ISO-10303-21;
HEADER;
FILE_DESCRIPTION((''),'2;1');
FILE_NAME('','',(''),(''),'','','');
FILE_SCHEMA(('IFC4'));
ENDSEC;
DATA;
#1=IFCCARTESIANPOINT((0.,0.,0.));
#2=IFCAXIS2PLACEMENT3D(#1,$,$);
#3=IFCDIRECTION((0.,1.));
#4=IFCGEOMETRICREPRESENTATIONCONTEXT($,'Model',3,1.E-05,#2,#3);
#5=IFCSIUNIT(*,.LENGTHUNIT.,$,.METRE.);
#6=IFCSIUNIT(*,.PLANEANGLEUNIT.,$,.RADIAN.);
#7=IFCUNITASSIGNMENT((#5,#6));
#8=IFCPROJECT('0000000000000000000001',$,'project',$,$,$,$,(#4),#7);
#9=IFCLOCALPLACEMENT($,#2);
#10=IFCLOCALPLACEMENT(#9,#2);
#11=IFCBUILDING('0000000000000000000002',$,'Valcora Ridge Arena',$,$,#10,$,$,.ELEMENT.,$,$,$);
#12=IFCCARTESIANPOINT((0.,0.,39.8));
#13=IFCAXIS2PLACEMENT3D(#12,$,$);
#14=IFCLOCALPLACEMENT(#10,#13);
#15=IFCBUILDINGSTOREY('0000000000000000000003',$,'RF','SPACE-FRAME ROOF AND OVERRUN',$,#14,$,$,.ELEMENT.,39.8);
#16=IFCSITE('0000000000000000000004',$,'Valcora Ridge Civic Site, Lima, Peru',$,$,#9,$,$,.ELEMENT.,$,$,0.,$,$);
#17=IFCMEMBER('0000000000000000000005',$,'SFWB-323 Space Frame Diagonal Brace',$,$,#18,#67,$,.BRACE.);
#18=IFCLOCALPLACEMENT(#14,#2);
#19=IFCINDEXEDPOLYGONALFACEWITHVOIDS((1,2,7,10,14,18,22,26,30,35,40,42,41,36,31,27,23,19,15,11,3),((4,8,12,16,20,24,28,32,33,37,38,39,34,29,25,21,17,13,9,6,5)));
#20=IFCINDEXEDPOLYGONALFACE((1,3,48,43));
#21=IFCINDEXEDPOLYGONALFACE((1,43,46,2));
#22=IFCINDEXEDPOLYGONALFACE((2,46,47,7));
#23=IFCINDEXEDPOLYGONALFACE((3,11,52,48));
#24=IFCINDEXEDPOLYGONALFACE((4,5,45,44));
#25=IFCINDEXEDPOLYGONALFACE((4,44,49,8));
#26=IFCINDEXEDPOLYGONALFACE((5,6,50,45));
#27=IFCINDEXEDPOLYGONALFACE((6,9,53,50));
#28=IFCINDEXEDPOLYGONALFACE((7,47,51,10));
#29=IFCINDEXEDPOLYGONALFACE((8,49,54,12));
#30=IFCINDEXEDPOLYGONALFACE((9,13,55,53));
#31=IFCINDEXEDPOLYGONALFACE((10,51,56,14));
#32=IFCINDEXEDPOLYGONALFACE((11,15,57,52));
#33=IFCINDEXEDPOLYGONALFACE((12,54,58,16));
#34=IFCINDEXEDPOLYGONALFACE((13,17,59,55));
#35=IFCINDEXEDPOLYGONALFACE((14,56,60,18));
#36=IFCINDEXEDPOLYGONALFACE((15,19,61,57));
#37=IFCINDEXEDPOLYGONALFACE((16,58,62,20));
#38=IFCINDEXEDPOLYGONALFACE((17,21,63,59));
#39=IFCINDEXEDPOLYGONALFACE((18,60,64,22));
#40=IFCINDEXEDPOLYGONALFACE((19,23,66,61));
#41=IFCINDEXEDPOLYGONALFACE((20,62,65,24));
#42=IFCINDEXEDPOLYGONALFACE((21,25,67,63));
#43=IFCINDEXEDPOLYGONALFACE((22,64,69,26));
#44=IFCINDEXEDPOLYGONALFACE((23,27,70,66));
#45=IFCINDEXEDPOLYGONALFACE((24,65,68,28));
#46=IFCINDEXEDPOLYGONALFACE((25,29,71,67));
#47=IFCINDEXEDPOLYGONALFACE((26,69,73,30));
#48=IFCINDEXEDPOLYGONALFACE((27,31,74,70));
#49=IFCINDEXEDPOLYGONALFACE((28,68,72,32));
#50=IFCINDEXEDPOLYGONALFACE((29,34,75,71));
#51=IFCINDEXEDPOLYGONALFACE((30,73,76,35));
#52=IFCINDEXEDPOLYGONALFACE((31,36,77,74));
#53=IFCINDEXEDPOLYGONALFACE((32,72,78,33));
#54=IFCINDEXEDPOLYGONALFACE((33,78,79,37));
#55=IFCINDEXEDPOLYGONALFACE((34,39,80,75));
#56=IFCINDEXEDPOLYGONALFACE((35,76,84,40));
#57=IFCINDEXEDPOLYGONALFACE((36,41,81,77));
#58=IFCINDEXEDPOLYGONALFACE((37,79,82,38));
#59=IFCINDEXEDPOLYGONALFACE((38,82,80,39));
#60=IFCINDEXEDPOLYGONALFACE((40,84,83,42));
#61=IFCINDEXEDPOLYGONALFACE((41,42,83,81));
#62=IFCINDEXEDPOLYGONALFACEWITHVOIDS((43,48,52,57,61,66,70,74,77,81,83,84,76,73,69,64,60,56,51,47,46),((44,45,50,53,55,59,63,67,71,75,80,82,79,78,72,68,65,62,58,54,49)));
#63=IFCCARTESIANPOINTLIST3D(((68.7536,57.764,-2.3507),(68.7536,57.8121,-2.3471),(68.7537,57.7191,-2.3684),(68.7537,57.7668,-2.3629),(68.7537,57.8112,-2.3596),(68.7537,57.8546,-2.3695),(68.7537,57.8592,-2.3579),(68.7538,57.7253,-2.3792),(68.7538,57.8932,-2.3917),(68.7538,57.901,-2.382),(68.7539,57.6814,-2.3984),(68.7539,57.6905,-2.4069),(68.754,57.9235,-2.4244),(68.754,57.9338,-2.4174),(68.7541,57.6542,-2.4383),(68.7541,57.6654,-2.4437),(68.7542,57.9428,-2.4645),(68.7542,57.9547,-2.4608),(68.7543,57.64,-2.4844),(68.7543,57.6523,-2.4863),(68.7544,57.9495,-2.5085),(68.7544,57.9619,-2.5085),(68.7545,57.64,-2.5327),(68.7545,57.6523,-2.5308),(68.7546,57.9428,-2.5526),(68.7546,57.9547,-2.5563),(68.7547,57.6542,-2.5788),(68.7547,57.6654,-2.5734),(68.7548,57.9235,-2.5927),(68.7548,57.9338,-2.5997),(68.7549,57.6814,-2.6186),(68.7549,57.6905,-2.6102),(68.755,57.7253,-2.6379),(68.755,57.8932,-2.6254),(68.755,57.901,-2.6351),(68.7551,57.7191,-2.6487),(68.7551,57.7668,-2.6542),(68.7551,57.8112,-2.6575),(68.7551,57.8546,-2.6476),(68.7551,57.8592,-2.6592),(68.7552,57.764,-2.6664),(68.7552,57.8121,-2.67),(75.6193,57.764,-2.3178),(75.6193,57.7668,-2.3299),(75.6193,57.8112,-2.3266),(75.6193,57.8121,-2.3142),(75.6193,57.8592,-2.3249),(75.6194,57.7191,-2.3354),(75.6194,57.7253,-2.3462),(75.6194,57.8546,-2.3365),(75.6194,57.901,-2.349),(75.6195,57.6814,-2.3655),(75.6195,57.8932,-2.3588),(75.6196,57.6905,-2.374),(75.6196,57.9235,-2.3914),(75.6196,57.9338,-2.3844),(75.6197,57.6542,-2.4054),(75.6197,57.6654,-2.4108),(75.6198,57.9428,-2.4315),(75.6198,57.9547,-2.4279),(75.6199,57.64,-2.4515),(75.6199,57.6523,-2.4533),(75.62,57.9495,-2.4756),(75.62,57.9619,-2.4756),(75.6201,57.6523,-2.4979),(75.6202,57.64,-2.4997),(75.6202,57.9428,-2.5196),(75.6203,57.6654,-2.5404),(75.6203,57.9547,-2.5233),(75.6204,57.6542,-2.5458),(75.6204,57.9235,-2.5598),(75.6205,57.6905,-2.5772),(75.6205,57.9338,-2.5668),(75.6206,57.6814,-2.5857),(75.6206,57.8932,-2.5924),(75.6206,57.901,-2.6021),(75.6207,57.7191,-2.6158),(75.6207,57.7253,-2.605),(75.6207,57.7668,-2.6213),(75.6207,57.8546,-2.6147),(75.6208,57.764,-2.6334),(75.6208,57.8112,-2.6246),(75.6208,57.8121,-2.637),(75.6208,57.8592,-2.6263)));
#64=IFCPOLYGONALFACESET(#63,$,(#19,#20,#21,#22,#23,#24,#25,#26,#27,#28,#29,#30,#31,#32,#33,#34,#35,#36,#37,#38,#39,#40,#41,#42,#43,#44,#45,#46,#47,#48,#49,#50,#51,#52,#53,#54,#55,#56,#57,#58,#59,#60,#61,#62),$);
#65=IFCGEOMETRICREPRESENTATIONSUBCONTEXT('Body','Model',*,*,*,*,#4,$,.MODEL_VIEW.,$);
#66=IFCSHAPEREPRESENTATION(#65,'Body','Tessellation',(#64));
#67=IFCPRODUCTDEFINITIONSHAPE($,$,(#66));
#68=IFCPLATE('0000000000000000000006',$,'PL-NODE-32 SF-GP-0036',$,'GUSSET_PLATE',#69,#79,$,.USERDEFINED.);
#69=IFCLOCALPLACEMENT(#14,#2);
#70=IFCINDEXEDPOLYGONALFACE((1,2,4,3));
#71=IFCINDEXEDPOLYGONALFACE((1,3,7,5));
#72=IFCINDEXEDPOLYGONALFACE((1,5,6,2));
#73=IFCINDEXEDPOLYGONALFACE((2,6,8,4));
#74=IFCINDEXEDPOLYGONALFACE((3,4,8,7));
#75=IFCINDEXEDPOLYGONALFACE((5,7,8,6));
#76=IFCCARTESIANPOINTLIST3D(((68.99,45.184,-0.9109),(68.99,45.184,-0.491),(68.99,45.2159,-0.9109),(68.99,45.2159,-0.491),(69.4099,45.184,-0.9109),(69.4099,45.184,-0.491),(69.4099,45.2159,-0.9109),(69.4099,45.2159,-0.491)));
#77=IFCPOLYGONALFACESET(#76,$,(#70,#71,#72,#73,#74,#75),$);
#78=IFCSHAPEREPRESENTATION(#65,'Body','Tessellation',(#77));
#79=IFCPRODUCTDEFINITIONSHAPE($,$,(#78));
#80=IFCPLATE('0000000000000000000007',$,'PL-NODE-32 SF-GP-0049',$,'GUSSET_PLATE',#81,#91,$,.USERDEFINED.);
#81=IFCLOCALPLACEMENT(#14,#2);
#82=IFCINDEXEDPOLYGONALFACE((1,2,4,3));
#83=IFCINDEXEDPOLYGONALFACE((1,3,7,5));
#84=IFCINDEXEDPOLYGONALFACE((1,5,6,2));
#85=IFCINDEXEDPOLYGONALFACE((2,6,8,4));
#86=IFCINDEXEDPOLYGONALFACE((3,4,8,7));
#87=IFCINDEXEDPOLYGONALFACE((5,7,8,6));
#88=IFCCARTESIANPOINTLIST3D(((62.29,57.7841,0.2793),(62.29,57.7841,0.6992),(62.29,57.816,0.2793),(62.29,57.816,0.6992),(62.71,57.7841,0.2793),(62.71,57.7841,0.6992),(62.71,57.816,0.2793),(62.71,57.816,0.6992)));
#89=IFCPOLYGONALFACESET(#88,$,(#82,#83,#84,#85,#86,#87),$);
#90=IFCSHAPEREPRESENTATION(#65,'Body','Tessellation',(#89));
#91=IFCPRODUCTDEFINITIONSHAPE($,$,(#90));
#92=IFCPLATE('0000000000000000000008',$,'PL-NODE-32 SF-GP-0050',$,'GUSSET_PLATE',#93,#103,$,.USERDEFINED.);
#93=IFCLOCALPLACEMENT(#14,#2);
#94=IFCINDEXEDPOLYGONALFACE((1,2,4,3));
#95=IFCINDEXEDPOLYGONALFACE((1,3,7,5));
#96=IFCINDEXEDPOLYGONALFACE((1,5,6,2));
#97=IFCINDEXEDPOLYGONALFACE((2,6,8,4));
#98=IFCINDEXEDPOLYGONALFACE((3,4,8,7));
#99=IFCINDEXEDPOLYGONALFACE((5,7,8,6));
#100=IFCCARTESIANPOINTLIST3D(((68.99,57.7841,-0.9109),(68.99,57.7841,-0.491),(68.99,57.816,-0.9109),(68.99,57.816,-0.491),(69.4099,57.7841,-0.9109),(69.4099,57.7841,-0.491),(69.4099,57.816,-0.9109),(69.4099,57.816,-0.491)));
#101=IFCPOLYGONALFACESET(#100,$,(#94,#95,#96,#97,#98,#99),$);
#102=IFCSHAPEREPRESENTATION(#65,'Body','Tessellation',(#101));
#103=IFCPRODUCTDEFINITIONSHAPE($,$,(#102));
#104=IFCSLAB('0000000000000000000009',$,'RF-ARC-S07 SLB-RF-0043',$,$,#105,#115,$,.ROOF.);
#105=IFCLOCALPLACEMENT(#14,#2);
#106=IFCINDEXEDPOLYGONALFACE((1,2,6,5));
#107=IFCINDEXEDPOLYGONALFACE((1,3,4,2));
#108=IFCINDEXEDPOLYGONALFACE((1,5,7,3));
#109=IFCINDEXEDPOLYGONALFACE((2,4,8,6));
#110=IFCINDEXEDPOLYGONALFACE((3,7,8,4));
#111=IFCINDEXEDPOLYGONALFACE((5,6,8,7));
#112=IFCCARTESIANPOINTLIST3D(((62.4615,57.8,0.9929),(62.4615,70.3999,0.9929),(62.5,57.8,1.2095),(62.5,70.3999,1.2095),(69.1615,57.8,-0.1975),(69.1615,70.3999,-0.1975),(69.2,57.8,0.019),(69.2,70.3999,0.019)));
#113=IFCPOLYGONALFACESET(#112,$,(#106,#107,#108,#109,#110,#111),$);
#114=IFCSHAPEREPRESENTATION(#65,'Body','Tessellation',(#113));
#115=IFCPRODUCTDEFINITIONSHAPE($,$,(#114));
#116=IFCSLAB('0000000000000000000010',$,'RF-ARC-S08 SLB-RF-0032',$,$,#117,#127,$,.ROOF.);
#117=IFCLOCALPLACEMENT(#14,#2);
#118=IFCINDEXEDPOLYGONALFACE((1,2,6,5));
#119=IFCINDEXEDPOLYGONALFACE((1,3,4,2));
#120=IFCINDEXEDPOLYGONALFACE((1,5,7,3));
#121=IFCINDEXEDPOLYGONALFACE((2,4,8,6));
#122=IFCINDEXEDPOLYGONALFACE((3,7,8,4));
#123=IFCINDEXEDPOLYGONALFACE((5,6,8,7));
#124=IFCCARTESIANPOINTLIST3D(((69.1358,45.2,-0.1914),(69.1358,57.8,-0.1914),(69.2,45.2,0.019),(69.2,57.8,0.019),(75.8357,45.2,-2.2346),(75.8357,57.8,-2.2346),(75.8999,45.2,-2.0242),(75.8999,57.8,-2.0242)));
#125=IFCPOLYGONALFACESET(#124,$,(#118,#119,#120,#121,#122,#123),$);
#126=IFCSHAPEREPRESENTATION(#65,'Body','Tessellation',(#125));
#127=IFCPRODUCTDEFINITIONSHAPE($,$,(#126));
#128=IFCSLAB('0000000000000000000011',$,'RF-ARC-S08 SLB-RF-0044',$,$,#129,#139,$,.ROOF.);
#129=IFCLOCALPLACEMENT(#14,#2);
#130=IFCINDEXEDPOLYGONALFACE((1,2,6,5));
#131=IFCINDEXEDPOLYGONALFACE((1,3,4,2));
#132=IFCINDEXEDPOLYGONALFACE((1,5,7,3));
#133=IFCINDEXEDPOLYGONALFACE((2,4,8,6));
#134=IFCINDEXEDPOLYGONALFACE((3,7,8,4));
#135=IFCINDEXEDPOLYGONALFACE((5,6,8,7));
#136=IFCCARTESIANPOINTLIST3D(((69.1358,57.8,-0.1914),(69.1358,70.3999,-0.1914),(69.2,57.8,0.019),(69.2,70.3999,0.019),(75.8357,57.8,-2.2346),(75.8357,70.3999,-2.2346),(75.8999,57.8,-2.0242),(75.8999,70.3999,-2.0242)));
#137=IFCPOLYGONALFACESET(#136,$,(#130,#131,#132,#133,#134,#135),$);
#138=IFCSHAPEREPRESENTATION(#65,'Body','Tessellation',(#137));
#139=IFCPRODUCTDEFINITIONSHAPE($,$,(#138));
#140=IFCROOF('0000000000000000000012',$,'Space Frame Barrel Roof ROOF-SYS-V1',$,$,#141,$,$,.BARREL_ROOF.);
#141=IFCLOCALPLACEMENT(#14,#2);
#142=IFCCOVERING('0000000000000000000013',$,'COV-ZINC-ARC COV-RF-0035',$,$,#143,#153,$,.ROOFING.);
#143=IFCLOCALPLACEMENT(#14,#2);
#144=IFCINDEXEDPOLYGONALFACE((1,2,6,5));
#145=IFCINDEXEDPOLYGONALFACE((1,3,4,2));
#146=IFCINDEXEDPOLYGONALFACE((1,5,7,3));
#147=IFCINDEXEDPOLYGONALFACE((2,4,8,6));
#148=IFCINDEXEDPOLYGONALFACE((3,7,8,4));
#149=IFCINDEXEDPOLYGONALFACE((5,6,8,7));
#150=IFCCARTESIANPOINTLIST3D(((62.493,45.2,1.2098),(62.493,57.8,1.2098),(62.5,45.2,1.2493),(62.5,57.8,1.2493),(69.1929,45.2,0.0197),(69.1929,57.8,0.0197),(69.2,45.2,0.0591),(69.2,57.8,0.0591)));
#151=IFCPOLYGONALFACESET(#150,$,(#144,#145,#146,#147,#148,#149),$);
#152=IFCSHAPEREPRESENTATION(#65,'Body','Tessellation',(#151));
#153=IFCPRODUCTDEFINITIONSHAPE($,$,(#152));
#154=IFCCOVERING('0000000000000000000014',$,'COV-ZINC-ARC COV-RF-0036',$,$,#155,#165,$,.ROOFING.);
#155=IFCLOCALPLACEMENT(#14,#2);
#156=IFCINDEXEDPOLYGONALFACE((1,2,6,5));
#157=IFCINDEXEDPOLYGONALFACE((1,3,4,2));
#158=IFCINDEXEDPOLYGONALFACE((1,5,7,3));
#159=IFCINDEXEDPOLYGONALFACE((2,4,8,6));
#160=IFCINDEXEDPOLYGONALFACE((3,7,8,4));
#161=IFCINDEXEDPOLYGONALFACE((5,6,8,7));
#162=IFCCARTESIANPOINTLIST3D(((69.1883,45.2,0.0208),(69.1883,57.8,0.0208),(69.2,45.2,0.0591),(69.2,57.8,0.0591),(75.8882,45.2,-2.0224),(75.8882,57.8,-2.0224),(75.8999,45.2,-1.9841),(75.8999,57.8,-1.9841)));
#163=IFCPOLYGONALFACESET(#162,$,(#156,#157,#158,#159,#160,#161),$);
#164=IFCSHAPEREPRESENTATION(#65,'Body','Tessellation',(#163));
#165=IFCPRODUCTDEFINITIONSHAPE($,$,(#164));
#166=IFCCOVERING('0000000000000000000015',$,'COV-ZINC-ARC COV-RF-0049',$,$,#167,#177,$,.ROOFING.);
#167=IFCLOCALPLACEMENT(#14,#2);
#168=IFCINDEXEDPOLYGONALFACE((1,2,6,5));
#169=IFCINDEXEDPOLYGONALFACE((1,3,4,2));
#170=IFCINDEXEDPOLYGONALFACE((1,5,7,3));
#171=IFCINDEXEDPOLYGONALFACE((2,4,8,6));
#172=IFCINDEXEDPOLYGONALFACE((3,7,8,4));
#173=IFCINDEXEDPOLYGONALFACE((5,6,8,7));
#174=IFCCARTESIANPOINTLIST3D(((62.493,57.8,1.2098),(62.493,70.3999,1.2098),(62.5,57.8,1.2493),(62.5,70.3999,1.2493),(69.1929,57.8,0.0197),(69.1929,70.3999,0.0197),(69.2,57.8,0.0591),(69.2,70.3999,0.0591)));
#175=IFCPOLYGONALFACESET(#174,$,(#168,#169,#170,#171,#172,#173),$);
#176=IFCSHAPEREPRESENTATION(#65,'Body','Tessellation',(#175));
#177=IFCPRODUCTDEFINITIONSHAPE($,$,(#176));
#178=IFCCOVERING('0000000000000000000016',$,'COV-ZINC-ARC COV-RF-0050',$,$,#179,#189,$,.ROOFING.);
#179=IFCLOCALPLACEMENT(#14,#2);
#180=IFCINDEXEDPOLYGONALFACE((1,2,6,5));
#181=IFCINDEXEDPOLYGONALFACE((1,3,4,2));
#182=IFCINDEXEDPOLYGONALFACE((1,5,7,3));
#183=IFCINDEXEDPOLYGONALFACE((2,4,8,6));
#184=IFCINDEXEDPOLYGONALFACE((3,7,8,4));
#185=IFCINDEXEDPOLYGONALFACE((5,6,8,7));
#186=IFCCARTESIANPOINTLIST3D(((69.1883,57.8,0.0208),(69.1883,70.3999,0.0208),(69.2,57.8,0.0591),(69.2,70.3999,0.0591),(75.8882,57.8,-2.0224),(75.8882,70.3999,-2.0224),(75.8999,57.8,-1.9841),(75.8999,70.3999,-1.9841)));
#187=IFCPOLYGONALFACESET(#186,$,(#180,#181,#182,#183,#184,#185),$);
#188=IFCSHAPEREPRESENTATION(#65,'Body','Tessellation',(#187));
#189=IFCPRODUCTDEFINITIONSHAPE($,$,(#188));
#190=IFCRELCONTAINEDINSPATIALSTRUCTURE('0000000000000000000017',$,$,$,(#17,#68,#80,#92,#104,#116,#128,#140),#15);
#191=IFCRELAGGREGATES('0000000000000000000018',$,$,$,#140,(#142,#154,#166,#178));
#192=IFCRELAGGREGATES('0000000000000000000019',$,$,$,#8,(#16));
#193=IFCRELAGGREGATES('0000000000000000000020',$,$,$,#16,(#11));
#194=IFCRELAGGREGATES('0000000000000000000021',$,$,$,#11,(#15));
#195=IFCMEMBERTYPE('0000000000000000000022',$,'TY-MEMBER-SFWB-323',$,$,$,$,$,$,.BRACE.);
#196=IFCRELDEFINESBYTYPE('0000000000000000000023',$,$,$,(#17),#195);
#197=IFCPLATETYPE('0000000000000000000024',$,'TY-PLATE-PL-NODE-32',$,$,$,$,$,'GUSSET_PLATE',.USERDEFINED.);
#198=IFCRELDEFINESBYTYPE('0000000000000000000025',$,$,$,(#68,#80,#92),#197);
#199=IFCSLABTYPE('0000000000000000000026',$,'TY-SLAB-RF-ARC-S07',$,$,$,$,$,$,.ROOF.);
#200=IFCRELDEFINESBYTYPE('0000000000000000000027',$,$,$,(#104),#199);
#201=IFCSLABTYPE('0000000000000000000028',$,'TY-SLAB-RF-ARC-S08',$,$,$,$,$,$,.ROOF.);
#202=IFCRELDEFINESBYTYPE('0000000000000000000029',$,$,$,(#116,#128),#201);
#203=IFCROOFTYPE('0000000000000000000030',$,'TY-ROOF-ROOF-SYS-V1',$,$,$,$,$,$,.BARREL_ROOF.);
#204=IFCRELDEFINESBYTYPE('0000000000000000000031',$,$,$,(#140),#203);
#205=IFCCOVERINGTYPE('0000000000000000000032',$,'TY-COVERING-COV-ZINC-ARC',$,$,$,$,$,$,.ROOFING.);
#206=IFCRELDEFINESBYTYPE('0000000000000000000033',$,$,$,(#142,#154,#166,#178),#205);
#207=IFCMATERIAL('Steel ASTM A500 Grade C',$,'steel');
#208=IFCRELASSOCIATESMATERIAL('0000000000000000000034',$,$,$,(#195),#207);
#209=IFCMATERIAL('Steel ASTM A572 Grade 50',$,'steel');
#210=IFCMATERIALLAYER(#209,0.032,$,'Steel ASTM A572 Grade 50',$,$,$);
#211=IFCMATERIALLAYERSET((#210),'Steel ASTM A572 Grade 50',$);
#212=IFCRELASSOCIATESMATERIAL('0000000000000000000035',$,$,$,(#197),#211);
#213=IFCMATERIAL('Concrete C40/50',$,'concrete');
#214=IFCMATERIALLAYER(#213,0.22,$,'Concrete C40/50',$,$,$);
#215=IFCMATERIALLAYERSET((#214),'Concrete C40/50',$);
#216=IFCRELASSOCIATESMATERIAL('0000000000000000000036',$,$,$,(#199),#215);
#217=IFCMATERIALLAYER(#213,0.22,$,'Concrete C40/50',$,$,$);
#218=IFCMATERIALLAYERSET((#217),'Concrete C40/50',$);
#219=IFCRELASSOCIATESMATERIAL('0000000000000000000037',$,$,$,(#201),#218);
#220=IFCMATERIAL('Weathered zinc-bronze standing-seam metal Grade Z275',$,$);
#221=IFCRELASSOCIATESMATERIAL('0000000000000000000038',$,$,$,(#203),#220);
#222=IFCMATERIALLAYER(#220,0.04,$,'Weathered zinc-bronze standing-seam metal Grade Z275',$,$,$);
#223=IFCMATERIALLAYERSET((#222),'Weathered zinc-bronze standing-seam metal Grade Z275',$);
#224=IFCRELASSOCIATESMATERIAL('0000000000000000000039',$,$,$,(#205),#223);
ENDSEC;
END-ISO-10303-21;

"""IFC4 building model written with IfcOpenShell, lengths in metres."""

from ifc_helpers import new_model, si_unit, direction, frame, origin, origin_2d, place, context, subcontext, project, spatial, polyline, rectangle, hollow_circle, outline, extrude, material, layer, layer_set, material_profile, profile_set, type_object, element, aggregate, save


model = new_model("IFC4")

# Units and contexts
model_context = context("Model", 3, precision=1e-05, world=origin(), true_north=direction((0.0, 1.0)))
body_context = subcontext(model_context, "Body", "Model", "MODEL_VIEW")
ifc_project = project(units=[si_unit("LENGTHUNIT", "METRE"), si_unit("PLANEANGLEUNIT", "RADIAN")], contexts=[model_context])

# Site, building, storey
site_placement = place(None, origin())
site = spatial("IfcSite", under=ifc_project, at=site_placement, Name="Valcora Ridge Civic Site, Lima, Peru", CompositionType="ELEMENT", RefElevation=0.0)
building_placement = place(site_placement, origin())
building = spatial("IfcBuilding", under=site, at=building_placement, Name="Valcora Ridge Arena", CompositionType="ELEMENT")
storey_placement = place(building_placement, frame((0.0, 0.0, 39.8)))
storey = spatial("IfcBuildingStorey", under=building, at=storey_placement, Name="RF", Description="SPACE-FRAME ROOF AND OVERRUN", CompositionType="ELEMENT", Elevation=39.8)

# Member
ifc_material_1 = material(Name="Steel ASTM A572 Grade 50", Category="steel")
ifc_material_2 = material(Name="Steel ASTM A500 Grade C", Category="steel")
ifc_material_profile_1 = material_profile(ifc_material_2, hollow_circle(Radius=0.1619, WallThickness=0.0125, at=origin_2d()), Name="CHS323X12")
ifc_profile_set_1 = profile_set([ifc_material_profile_1], Name="Steel ASTM A500 Grade C")
member_type_1 = type_object("IfcMemberType", Name="TY-MEMBER-SFWB-323", PredefinedType="BRACE", material=ifc_profile_set_1)
for number, where, z_axis, x_axis, name in (
    (1, (68.7544, 57.8, -2.5085), (0.999988, 0.0, 0.0048), (0.0, 1.0, 0.0), "SFWB-323 Space Frame Diagonal Brace"),
):
    element("IfcMember", number, at=place(storey_placement, frame(where, z_axis=z_axis, x_axis=x_axis)), inside=storey, type_object=member_type_1, Name=name, PredefinedType="BRACE", context=body_context, shape_type="SweptSolid", body=[
        extrude(hollow_circle(Radius=0.1619, WallThickness=0.0125, at=origin_2d()), origin(), (0.0, 0.0, 1.0), 6.8657),
    ])

# Plates
ifc_layer_1 = layer(ifc_material_1, 0.032, Name="Steel ASTM A572 Grade 50")
ifc_layer_set_1 = layer_set([ifc_layer_1], Name="Steel ASTM A572 Grade 50")
plate_type = type_object("IfcPlateType", Name="TY-PLATE-PL-NODE-32", ElementType="GUSSET_PLATE", PredefinedType="USERDEFINED", material=ifc_layer_set_1)
for number, where, z_axis, x_axis, name in (
    (2, (69.2, 45.2, -0.9109), (0.0, 0.0, 1.0), (1.0, 0.0, 0.0), "PL-NODE-32 SF-GP-0036"),
    (3, (62.5, 57.8, 0.2793), (0.0, 0.0, 1.0), (1.0, 0.0, 0.0), "PL-NODE-32 SF-GP-0049"),
    (4, (69.2, 57.8, -0.9109), (0.0, 0.0, 1.0), (1.0, 0.0, 0.0), "PL-NODE-32 SF-GP-0050"),
):
    element("IfcPlate", number, at=place(storey_placement, frame(where, z_axis=z_axis, x_axis=x_axis)), inside=storey, type_object=plate_type, Name=name, ObjectType="GUSSET_PLATE", PredefinedType="USERDEFINED", context=body_context, shape_type="SweptSolid", body=[
        extrude(rectangle(XDim=0.4199, YDim=0.032, at=origin_2d()), origin(), (0.0, 0.0, 1.0), 0.4199),
    ])

# Slabs
ifc_material_3 = material(Name="Concrete C40/50", Category="concrete")
ifc_layer_2 = layer(ifc_material_3, 0.22, Name="Concrete C40/50")
ifc_layer_set_2 = layer_set([ifc_layer_2], Name="Concrete C40/50")
slab_type_1 = type_object("IfcSlabType", Name="TY-SLAB-RF-ARC-S07", PredefinedType="ROOF", material=ifc_layer_set_2)
slab_1_placement = place(storey_placement, frame((62.5, 57.8, 1.2095), z_axis=(0.174938, 0.0, 0.98458), x_axis=(0.98458, 0.0, -0.174938)))
element("IfcSlab", 5, at=slab_1_placement, inside=storey, type_object=slab_type_1, Name="RF-ARC-S07 SLB-RF-0043", PredefinedType="ROOF", context=body_context, shape_type="SweptSolid", body=[
    extrude(outline(polyline([(0.0, 0.0), (6.8049, 0.0), (6.8049, 12.5999), (0.0, 12.5999), (0.0, 0.0)])), origin(), (0.0, 0.0, -1.0), 0.22),
])
ifc_layer_3 = layer(ifc_material_3, 0.22, Name="Concrete C40/50")
ifc_layer_set_3 = layer_set([ifc_layer_3], Name="Concrete C40/50")
slab_type_2 = type_object("IfcSlabType", Name="TY-SLAB-RF-ARC-S08", PredefinedType="ROOF", material=ifc_layer_set_3)
slab_2_placement = place(storey_placement, frame((69.2, 45.2, 0.019), z_axis=(0.291697, 0.0, 0.956511), x_axis=(0.956511, 0.0, -0.291697)))
element("IfcSlab", 6, at=slab_2_placement, inside=storey, type_object=slab_type_2, Name="RF-ARC-S08 SLB-RF-0032", PredefinedType="ROOF", context=body_context, shape_type="SweptSolid", body=[
    extrude(outline(polyline([(0.0, 0.0), (7.0046, 0.0), (7.0046, 12.6001), (0.0, 12.6001), (0.0, 0.0)])), origin(), (0.0, 0.0, -1.0), 0.22),
])
slab_3_placement = place(storey_placement, frame((69.2, 57.8, 0.019), z_axis=(0.291697, 0.0, 0.956511), x_axis=(0.956511, 0.0, -0.291697)))
element("IfcSlab", 7, at=slab_3_placement, inside=storey, type_object=slab_type_2, Name="RF-ARC-S08 SLB-RF-0044", PredefinedType="ROOF", context=body_context, shape_type="SweptSolid", body=[
    extrude(outline(polyline([(0.0, 0.0), (7.0046, 0.0), (7.0046, 12.5999), (0.0, 12.5999), (0.0, 0.0)])), origin(), (0.0, 0.0, -1.0), 0.22),
])

# Roof, coverings
ifc_material_4 = material(Name="Weathered zinc-bronze standing-seam metal Grade Z275")
roof_type = type_object("IfcRoofType", Name="TY-ROOF-ROOF-SYS-V1", PredefinedType="BARREL_ROOF", material=ifc_material_4)
roof_placement = place(storey_placement, origin())
roof = element("IfcRoof", 8, at=roof_placement, inside=storey, type_object=roof_type, Name="Space Frame Barrel Roof ROOF-SYS-V1", PredefinedType="BARREL_ROOF")
ifc_layer_4 = layer(ifc_material_4, 0.04, Name="Weathered zinc-bronze standing-seam metal Grade Z275")
ifc_layer_set_4 = layer_set([ifc_layer_4], Name="Weathered zinc-bronze standing-seam metal Grade Z275")
covering_type = type_object("IfcCoveringType", Name="TY-COVERING-COV-ZINC-ARC", PredefinedType="ROOFING", material=ifc_layer_set_4)
covering_1_placement = place(storey_placement, frame((62.5, 45.2, 1.2493), z_axis=(0.174903, 0.0, 0.984586), x_axis=(0.984586, 0.0, -0.174903)))
covering_1 = element("IfcCovering", 9, at=covering_1_placement, type_object=covering_type, Name="COV-ZINC-ARC COV-RF-0035", PredefinedType="ROOFING", context=body_context, shape_type="SweptSolid", body=[
    extrude(outline(polyline([(0.0, 0.0), (6.8048, 0.0), (6.8048, 12.6001), (0.0, 12.6001), (0.0, 0.0)])), origin(), (0.0, 0.0, -1.0), 0.04),
])
covering_2_placement = place(storey_placement, frame((69.2, 45.2, 0.0591), z_axis=(0.291697, 0.0, 0.956511), x_axis=(0.956511, 0.0, -0.291697)))
covering_2 = element("IfcCovering", 10, at=covering_2_placement, type_object=covering_type, Name="COV-ZINC-ARC COV-RF-0036", PredefinedType="ROOFING", context=body_context, shape_type="SweptSolid", body=[
    extrude(outline(polyline([(0.0, 0.0), (7.0046, 0.0), (7.0046, 12.6001), (0.0, 12.6001), (0.0, 0.0)])), origin(), (0.0, 0.0, -1.0), 0.04),
])
covering_3_placement = place(storey_placement, frame((62.5, 57.8, 1.2493), z_axis=(0.174903, 0.0, 0.984586), x_axis=(0.984586, 0.0, -0.174903)))
covering_3 = element("IfcCovering", 11, at=covering_3_placement, type_object=covering_type, Name="COV-ZINC-ARC COV-RF-0049", PredefinedType="ROOFING", context=body_context, shape_type="SweptSolid", body=[
    extrude(outline(polyline([(0.0, 0.0), (6.8048, 0.0), (6.8048, 12.5999), (0.0, 12.5999), (0.0, 0.0)])), origin(), (0.0, 0.0, -1.0), 0.04),
])
covering_4_placement = place(storey_placement, frame((69.2, 57.8, 0.0591), z_axis=(0.291697, 0.0, 0.956511), x_axis=(0.956511, 0.0, -0.291697)))
covering_4 = element("IfcCovering", 12, at=covering_4_placement, type_object=covering_type, Name="COV-ZINC-ARC COV-RF-0050", PredefinedType="ROOFING", context=body_context, shape_type="SweptSolid", body=[
    extrude(outline(polyline([(0.0, 0.0), (7.0046, 0.0), (7.0046, 12.5999), (0.0, 12.5999), (0.0, 0.0)])), origin(), (0.0, 0.0, -1.0), 0.04),
])
aggregate(roof, [covering_1, covering_2, covering_3, covering_4])

save(model, "model.ifc")
